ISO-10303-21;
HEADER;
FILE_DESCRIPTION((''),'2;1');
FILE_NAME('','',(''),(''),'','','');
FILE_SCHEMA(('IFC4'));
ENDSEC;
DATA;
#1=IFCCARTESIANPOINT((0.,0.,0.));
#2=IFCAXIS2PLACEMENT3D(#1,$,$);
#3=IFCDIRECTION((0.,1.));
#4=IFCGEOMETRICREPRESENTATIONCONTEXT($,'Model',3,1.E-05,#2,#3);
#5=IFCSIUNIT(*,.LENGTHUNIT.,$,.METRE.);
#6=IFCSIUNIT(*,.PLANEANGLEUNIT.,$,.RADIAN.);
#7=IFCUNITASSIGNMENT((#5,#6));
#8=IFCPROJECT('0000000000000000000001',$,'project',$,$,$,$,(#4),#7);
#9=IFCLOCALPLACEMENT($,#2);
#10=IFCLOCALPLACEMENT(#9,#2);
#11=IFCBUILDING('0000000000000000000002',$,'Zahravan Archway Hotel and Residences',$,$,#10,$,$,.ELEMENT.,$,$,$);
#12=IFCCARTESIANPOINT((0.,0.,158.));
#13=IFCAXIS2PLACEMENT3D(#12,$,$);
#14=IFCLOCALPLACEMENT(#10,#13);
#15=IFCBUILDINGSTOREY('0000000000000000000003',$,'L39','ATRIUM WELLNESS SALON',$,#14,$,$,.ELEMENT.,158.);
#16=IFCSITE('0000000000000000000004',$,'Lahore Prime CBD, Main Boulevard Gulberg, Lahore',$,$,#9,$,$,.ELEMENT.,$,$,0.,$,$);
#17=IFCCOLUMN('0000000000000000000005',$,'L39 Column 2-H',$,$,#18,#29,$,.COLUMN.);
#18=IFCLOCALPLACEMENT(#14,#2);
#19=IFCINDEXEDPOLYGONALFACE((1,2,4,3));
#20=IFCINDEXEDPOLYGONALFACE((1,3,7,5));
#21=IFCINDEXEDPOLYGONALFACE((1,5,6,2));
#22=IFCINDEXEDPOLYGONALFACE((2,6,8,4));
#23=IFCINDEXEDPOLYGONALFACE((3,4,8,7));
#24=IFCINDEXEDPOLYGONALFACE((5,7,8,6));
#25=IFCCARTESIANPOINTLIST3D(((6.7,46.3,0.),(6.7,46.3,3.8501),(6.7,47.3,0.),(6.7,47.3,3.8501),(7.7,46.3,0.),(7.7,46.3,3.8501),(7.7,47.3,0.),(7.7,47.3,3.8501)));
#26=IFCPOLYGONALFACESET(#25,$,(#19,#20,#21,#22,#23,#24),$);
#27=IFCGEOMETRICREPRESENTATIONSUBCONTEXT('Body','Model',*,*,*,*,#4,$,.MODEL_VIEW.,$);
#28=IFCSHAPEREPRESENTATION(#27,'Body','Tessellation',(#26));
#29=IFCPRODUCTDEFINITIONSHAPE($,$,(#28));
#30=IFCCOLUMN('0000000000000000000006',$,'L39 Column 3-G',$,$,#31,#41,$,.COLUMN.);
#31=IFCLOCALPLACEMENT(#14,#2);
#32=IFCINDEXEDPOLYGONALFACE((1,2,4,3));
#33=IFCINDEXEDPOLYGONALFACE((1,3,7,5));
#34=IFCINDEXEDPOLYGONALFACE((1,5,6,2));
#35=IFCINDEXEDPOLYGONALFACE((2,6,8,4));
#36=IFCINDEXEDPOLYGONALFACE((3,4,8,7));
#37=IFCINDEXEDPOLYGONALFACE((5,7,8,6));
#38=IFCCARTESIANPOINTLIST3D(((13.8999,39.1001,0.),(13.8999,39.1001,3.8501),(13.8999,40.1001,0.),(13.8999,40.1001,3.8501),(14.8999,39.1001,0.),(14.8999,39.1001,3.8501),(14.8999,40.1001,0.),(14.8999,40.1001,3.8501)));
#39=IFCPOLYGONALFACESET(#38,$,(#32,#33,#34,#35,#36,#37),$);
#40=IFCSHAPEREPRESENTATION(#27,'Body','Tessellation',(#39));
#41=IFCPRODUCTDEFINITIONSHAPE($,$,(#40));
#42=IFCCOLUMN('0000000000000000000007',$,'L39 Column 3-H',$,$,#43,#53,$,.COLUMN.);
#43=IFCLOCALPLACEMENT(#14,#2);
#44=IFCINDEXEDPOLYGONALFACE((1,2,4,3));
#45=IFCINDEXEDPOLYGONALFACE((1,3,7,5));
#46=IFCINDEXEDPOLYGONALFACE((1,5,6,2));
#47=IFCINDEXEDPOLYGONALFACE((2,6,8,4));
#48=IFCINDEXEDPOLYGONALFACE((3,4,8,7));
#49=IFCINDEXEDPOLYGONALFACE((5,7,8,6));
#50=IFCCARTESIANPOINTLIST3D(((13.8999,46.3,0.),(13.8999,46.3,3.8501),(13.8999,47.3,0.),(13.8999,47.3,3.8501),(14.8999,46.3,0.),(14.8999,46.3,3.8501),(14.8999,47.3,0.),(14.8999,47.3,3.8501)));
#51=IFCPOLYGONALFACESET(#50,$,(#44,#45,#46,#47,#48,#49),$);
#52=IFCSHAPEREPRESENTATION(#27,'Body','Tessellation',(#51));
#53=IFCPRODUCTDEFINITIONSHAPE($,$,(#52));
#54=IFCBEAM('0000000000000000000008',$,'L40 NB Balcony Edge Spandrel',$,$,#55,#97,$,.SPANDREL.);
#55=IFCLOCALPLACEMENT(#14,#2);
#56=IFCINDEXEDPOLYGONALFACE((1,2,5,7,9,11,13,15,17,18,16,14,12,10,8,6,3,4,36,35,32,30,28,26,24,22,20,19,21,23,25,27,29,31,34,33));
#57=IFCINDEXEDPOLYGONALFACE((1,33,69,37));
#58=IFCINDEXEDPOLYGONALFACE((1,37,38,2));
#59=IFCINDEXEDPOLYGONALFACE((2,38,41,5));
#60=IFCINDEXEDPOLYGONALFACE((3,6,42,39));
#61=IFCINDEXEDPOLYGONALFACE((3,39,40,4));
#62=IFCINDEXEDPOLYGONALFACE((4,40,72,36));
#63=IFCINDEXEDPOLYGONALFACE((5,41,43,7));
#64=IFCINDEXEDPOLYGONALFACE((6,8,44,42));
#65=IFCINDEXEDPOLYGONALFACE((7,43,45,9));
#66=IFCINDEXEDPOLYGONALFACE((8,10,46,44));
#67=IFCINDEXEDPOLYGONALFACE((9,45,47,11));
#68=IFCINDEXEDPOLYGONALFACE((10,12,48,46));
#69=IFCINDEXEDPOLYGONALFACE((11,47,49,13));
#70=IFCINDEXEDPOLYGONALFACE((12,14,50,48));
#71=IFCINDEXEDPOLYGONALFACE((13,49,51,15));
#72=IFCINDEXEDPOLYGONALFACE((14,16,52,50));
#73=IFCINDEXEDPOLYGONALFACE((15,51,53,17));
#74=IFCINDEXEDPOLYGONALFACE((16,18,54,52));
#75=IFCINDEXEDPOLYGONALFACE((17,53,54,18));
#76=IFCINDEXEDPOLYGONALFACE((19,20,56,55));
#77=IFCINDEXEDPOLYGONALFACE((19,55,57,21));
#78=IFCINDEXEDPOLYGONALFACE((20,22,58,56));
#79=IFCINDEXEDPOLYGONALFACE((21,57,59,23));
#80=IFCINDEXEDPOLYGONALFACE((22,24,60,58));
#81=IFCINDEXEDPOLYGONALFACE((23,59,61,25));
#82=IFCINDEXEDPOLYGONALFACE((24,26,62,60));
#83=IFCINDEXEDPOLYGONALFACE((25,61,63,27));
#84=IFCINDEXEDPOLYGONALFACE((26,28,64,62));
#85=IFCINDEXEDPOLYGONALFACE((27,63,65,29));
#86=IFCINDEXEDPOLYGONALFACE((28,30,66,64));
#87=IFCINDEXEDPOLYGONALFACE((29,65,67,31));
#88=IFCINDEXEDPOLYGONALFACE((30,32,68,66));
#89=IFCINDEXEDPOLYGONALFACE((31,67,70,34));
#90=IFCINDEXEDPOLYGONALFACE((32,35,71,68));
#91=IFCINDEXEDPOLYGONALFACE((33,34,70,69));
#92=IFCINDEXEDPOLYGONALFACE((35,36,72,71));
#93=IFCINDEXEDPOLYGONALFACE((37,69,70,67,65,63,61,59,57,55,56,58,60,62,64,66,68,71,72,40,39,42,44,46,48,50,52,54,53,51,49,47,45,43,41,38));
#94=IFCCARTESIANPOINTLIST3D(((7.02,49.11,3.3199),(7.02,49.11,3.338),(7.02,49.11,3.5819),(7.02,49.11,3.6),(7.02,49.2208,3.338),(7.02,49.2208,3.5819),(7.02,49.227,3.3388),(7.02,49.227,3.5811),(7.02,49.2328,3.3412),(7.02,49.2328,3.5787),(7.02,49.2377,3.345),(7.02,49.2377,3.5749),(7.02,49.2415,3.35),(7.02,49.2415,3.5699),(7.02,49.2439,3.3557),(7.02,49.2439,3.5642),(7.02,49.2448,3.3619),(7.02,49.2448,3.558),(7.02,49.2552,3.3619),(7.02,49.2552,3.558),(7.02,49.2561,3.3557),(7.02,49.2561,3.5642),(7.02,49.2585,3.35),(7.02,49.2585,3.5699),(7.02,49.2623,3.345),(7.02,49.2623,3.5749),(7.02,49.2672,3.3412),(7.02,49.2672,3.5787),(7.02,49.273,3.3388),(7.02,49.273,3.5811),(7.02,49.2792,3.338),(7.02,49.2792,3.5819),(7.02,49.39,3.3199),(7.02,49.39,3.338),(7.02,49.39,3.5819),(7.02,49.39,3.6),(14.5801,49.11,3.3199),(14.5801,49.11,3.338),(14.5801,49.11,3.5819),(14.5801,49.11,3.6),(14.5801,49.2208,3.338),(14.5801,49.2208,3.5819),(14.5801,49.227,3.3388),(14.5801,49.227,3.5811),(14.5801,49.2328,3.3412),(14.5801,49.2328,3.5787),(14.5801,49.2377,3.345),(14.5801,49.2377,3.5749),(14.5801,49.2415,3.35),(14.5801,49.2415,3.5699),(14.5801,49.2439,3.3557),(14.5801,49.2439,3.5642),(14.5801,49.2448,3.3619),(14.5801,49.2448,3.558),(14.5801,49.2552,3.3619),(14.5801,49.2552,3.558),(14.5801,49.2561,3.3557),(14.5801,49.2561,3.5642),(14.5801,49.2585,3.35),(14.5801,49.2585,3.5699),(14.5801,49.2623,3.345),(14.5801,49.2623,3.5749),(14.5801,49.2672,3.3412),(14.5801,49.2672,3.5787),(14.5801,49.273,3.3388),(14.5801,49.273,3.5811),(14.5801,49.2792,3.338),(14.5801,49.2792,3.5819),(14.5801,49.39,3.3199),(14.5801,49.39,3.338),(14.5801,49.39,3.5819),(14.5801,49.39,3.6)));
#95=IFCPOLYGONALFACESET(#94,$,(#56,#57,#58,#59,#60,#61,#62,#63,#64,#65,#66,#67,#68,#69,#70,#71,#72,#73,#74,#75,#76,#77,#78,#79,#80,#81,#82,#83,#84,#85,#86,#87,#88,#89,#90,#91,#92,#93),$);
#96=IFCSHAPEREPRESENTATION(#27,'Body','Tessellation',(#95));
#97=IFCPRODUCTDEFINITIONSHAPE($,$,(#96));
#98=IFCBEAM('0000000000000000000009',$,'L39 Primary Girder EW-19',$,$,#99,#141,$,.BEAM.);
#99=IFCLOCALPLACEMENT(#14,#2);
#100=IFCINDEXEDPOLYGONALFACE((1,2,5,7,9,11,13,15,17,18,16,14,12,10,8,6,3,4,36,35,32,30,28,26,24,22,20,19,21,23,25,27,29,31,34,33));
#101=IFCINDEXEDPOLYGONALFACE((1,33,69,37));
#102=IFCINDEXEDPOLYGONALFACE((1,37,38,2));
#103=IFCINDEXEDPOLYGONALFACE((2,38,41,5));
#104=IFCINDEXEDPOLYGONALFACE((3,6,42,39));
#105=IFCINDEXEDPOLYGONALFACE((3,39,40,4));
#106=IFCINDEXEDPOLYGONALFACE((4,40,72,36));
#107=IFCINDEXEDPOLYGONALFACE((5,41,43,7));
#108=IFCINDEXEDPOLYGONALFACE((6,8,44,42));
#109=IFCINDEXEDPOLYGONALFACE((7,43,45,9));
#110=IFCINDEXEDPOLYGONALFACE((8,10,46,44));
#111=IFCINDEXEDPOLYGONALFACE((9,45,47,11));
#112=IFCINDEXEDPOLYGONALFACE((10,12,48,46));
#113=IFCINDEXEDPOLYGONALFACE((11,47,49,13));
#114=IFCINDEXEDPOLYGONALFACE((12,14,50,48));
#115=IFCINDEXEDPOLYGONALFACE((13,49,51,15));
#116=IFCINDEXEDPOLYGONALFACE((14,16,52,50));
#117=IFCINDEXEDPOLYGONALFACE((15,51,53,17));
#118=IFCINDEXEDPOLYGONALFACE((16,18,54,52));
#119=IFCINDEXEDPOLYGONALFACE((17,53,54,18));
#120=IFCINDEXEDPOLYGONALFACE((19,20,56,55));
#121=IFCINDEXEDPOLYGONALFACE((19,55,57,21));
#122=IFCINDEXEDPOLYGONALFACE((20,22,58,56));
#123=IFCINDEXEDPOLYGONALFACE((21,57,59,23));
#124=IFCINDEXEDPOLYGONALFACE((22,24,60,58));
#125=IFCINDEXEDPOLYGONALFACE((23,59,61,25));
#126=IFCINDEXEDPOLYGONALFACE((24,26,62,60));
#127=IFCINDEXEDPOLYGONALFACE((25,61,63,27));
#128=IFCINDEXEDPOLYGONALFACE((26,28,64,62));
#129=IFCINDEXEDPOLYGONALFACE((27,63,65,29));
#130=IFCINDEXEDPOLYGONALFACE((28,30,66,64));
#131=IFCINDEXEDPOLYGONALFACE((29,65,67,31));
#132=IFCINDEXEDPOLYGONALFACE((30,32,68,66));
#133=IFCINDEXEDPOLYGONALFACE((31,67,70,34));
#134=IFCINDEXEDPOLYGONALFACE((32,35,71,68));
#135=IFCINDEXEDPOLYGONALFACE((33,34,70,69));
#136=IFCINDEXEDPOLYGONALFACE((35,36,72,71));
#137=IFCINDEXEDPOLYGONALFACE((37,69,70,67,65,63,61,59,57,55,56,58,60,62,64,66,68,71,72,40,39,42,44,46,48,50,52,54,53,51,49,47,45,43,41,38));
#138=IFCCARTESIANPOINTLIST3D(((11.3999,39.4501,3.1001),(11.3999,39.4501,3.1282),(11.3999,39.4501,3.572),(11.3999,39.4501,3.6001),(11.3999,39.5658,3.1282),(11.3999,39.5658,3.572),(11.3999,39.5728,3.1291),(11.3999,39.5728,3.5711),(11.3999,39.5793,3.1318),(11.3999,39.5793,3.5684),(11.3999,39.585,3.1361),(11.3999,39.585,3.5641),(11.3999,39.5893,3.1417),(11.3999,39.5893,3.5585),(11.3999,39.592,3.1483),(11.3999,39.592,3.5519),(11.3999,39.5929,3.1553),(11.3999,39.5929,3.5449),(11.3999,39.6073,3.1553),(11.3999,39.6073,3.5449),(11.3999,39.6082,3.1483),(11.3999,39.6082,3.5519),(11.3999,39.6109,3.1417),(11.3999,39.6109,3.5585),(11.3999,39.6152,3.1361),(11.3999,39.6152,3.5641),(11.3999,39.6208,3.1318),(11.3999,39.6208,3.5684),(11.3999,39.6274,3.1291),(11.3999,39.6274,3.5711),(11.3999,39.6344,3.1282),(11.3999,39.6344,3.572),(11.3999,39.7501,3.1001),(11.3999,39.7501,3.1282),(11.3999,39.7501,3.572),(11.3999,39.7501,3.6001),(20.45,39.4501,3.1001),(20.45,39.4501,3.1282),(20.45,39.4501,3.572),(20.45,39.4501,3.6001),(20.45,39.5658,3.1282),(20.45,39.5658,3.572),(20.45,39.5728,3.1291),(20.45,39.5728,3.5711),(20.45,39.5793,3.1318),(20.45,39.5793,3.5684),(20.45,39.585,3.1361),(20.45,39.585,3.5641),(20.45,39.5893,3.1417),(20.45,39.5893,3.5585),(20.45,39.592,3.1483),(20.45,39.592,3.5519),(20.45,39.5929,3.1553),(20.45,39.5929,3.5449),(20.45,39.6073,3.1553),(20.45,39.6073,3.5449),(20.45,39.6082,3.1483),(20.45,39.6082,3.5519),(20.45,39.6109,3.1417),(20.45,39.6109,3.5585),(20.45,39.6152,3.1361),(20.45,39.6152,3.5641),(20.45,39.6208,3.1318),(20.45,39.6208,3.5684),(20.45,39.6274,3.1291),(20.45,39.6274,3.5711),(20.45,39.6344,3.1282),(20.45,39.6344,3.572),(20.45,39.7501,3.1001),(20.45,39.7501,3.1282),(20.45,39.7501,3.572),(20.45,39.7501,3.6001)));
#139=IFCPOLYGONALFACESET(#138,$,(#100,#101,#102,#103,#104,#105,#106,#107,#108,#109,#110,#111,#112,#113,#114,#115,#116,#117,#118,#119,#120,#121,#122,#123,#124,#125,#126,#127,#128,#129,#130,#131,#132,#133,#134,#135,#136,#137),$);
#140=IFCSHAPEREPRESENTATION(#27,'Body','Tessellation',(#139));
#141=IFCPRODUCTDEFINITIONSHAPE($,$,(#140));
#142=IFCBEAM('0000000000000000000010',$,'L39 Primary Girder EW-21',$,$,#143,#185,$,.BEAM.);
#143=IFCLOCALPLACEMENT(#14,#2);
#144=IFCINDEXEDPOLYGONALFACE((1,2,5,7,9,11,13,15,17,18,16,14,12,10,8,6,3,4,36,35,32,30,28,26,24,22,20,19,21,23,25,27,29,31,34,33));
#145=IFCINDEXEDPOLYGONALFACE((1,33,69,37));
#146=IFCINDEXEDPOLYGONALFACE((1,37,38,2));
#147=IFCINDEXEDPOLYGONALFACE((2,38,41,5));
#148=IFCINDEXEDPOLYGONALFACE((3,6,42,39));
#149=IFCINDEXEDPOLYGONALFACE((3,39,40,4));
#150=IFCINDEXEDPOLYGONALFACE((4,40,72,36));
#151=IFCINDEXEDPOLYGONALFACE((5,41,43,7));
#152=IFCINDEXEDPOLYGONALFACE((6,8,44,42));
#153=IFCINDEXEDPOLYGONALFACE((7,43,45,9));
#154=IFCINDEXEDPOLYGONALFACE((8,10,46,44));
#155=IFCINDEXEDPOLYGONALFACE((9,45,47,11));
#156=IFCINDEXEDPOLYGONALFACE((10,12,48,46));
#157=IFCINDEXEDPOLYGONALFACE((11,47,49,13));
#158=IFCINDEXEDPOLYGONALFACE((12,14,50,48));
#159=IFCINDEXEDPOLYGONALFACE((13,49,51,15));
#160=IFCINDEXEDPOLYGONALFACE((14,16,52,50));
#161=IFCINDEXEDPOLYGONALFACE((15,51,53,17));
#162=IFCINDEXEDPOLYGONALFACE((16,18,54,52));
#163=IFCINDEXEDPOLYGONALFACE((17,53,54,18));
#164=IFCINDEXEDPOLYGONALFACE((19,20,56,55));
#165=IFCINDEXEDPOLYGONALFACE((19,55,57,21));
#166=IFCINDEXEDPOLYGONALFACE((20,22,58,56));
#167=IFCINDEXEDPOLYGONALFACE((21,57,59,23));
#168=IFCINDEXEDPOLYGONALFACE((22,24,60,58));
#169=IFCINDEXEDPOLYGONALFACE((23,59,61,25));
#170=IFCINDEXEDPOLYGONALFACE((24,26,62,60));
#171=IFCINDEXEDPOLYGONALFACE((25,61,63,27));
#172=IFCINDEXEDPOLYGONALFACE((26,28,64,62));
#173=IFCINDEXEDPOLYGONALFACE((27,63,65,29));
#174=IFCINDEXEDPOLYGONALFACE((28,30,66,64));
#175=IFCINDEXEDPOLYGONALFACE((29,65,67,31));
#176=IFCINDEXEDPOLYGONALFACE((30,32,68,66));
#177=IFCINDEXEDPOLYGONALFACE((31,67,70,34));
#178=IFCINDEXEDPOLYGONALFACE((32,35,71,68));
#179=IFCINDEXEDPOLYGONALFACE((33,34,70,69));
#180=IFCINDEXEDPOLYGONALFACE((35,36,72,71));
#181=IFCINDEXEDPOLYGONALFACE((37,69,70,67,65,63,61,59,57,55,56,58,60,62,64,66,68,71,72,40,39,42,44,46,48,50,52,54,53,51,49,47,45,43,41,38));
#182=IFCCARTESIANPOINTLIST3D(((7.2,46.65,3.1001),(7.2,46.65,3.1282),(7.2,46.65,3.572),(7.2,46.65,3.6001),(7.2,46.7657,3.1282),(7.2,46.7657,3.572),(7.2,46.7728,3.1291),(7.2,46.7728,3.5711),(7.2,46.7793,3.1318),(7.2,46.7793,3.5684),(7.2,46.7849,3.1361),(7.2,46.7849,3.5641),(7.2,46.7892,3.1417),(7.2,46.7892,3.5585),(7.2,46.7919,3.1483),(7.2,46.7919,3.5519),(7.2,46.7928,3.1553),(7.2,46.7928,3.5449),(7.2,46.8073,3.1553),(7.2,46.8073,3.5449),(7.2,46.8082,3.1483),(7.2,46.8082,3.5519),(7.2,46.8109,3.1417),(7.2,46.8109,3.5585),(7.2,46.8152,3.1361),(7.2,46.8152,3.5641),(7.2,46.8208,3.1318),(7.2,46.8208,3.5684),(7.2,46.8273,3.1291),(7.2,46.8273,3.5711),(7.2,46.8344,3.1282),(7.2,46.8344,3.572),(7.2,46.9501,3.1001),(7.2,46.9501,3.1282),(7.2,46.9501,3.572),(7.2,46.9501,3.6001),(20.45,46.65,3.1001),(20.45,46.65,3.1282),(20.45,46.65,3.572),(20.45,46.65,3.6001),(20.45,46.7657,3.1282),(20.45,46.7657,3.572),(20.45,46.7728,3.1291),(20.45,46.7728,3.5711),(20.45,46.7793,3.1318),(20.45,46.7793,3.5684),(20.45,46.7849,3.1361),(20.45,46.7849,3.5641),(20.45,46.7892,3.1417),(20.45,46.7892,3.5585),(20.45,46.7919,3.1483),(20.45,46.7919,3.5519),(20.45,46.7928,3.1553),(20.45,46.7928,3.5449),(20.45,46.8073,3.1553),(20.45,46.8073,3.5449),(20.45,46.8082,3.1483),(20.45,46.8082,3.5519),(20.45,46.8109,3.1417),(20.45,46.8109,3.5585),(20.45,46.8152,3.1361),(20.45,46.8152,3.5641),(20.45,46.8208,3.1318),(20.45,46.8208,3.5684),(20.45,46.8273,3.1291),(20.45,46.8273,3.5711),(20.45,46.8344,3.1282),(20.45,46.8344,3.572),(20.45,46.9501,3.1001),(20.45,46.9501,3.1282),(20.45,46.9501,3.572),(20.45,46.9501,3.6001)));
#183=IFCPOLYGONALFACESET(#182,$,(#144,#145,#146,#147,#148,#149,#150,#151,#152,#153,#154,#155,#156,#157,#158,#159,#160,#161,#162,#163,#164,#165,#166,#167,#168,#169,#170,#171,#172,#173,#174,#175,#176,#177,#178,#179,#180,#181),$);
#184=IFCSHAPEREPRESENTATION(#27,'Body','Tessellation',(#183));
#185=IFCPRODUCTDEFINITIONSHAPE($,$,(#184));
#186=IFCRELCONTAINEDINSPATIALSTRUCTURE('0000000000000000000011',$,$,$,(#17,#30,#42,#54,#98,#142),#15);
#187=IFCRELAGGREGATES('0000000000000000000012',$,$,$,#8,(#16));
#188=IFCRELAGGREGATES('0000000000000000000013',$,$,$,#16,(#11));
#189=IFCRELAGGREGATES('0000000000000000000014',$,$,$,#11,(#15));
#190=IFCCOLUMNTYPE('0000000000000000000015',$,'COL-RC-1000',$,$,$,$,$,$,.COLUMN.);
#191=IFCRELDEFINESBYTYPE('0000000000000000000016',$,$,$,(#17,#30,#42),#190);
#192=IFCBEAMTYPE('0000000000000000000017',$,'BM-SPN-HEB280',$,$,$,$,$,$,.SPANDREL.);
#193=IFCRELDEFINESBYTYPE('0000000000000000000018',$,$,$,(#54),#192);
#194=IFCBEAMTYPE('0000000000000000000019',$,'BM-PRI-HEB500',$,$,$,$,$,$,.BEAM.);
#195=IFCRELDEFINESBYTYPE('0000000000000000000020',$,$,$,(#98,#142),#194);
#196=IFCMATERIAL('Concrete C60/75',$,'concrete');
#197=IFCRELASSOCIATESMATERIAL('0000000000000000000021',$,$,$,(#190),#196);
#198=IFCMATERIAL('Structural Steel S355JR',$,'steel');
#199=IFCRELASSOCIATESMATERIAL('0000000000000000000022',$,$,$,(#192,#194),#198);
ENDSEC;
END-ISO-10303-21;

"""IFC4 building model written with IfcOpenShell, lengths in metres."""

from ifc_helpers import new_model, si_unit, direction, frame, origin, origin_2d, place, context, subcontext, project, spatial, rectangle, i_section, extrude, source, transform, mapped, material, material_profile, profile_set, type_object, type_shapes, element, save


model = new_model("IFC4")

# Units and contexts
model_context = context("Model", 3, precision=1e-05, world=origin(), true_north=direction((0.0, 1.0)))
body_context = subcontext(model_context, "Body", "Model", "MODEL_VIEW")
ifc_project = project(units=[si_unit("LENGTHUNIT", "METRE"), si_unit("PLANEANGLEUNIT", "RADIAN")], contexts=[model_context])

# Site, building, storey
site_placement = place(None, origin())
site = spatial("IfcSite", under=ifc_project, at=site_placement, Name="Lahore Prime CBD, Main Boulevard Gulberg, Lahore", CompositionType="ELEMENT", RefElevation=0.0)
building_placement = place(site_placement, origin())
building = spatial("IfcBuilding", under=site, at=building_placement, Name="Zahravan Archway Hotel and Residences", CompositionType="ELEMENT")
storey_placement = place(building_placement, frame((0.0, 0.0, 158.0)))
storey = spatial("IfcBuildingStorey", under=building, at=storey_placement, Name="L39", Description="ATRIUM WELLNESS SALON", CompositionType="ELEMENT", Elevation=158.0)

# Columns
ifc_material_1 = material(Name="Concrete C60/75", Category="concrete")
ifc_material_profile_1 = material_profile(ifc_material_1, rectangle(XDim=1.0, YDim=1.0, at=origin_2d()), Name="RC-COL-1000x1000", Category="concrete")
ifc_profile_set_1 = profile_set([ifc_material_profile_1], Name="Concrete C60/75")
column_type = type_object("IfcColumnType", Name="COL-RC-1000", PredefinedType="COLUMN", material=ifc_profile_set_1)
shared_shape_1 = source(origin(), body_context, "Body", "SweptSolid", [
    extrude(rectangle(XDim=1.0, YDim=1.0, at=origin_2d()), origin(), (0.0, 0.0, 1.0), 3.8501),
])
for number, where, z_axis, x_axis, name in (
    (1, (7.2, 46.8, 0.0), (0.0, 0.0, 1.0), (1.0, 0.0, 0.0), "L39 Column 2-H"),
    (2, (14.3999, 39.6001, 0.0), (0.0, 0.0, 1.0), (1.0, 0.0, 0.0), "L39 Column 3-G"),
    (3, (14.3999, 46.8, 0.0), (0.0, 0.0, 1.0), (1.0, 0.0, 0.0), "L39 Column 3-H"),
):
    element("IfcColumn", number, at=place(storey_placement, frame(where, z_axis=z_axis, x_axis=x_axis)), inside=storey, type_object=column_type, Name=name, PredefinedType="COLUMN", context=body_context, shape_type="MappedRepresentation", body=[
        mapped(shared_shape_1, transform((0.0, 0.0, 0.0), scale=1.0)),
    ])

# Beams
ifc_material_2 = material(Name="Structural Steel S355JR", Category="steel")
ifc_material_profile_2 = material_profile(ifc_material_2, i_section(OverallWidth=0.28, OverallDepth=0.28, WebThickness=0.0105, FlangeThickness=0.0181, FilletRadius=0.0239, at=origin_2d()), Name="HEB 280", Category="steel")
ifc_profile_set_2 = profile_set([ifc_material_profile_2], Name="Structural Steel S355JR")
beam_type_1 = type_object("IfcBeamType", Name="BM-SPN-HEB280", PredefinedType="SPANDREL", material=ifc_profile_set_2)
shared_shape_2 = source(origin(), body_context, "Body", "SweptSolid", [
    extrude(i_section(OverallWidth=0.28, OverallDepth=0.28, WebThickness=0.0105, FlangeThickness=0.0181, FilletRadius=0.0239, at=origin_2d()), origin(), (0.0, 0.0, 1.0), 7.5601),
])
type_shapes(beam_type_1, [shared_shape_2])
beam_1_placement = place(storey_placement, frame((7.02, 49.25, 3.46), z_axis=(1.0, 0.0, 0.0), x_axis=(0.0, 1.0, 0.0)))
element("IfcBeam", 4, at=beam_1_placement, inside=storey, type_object=beam_type_1, Name="L40 NB Balcony Edge Spandrel", PredefinedType="SPANDREL", context=body_context, shape_type="MappedRepresentation", body=[
    mapped(shared_shape_2, transform((0.0, 0.0, 0.0), scale=1.0)),
])
ifc_material_profile_3 = material_profile(ifc_material_2, i_section(OverallWidth=0.3, OverallDepth=0.5, WebThickness=0.0144, FlangeThickness=0.0281, FilletRadius=0.0271, at=origin_2d()), Name="HEB 500", Category="steel")
ifc_profile_set_3 = profile_set([ifc_material_profile_3], Name="Structural Steel S355JR")
beam_type_2 = type_object("IfcBeamType", Name="BM-PRI-HEB500", PredefinedType="BEAM", material=ifc_profile_set_3)
shared_shape_3 = source(origin(), body_context, "Body", "SweptSolid", [
    extrude(i_section(OverallWidth=0.3, OverallDepth=0.5, WebThickness=0.0144, FlangeThickness=0.0281, FilletRadius=0.0271, at=origin_2d()), origin(), (0.0, 0.0, 1.0), 9.05),
])
beam_2_placement = place(storey_placement, frame((11.3999, 39.6001, 3.3501), z_axis=(1.0, 0.0, 0.0), x_axis=(0.0, 1.0, 0.0)))
element("IfcBeam", 5, at=beam_2_placement, inside=storey, type_object=beam_type_2, Name="L39 Primary Girder EW-19", PredefinedType="BEAM", context=body_context, shape_type="MappedRepresentation", body=[
    mapped(shared_shape_3, transform((0.0, 0.0, 0.0), scale=1.0)),
])
shared_shape_4 = source(origin(), body_context, "Body", "SweptSolid", [
    extrude(i_section(OverallWidth=0.3, OverallDepth=0.5, WebThickness=0.0144, FlangeThickness=0.0281, FilletRadius=0.0271, at=origin_2d()), origin(), (0.0, 0.0, 1.0), 13.25),
])
beam_3_placement = place(storey_placement, frame((7.2, 46.8, 3.3501), z_axis=(1.0, 0.0, 0.0), x_axis=(0.0, 1.0, 0.0)))
element("IfcBeam", 6, at=beam_3_placement, inside=storey, type_object=beam_type_2, Name="L39 Primary Girder EW-21", PredefinedType="BEAM", context=body_context, shape_type="MappedRepresentation", body=[
    mapped(shared_shape_4, transform((0.0, 0.0, 0.0), scale=1.0)),
])

save(model, "model.ifc")
